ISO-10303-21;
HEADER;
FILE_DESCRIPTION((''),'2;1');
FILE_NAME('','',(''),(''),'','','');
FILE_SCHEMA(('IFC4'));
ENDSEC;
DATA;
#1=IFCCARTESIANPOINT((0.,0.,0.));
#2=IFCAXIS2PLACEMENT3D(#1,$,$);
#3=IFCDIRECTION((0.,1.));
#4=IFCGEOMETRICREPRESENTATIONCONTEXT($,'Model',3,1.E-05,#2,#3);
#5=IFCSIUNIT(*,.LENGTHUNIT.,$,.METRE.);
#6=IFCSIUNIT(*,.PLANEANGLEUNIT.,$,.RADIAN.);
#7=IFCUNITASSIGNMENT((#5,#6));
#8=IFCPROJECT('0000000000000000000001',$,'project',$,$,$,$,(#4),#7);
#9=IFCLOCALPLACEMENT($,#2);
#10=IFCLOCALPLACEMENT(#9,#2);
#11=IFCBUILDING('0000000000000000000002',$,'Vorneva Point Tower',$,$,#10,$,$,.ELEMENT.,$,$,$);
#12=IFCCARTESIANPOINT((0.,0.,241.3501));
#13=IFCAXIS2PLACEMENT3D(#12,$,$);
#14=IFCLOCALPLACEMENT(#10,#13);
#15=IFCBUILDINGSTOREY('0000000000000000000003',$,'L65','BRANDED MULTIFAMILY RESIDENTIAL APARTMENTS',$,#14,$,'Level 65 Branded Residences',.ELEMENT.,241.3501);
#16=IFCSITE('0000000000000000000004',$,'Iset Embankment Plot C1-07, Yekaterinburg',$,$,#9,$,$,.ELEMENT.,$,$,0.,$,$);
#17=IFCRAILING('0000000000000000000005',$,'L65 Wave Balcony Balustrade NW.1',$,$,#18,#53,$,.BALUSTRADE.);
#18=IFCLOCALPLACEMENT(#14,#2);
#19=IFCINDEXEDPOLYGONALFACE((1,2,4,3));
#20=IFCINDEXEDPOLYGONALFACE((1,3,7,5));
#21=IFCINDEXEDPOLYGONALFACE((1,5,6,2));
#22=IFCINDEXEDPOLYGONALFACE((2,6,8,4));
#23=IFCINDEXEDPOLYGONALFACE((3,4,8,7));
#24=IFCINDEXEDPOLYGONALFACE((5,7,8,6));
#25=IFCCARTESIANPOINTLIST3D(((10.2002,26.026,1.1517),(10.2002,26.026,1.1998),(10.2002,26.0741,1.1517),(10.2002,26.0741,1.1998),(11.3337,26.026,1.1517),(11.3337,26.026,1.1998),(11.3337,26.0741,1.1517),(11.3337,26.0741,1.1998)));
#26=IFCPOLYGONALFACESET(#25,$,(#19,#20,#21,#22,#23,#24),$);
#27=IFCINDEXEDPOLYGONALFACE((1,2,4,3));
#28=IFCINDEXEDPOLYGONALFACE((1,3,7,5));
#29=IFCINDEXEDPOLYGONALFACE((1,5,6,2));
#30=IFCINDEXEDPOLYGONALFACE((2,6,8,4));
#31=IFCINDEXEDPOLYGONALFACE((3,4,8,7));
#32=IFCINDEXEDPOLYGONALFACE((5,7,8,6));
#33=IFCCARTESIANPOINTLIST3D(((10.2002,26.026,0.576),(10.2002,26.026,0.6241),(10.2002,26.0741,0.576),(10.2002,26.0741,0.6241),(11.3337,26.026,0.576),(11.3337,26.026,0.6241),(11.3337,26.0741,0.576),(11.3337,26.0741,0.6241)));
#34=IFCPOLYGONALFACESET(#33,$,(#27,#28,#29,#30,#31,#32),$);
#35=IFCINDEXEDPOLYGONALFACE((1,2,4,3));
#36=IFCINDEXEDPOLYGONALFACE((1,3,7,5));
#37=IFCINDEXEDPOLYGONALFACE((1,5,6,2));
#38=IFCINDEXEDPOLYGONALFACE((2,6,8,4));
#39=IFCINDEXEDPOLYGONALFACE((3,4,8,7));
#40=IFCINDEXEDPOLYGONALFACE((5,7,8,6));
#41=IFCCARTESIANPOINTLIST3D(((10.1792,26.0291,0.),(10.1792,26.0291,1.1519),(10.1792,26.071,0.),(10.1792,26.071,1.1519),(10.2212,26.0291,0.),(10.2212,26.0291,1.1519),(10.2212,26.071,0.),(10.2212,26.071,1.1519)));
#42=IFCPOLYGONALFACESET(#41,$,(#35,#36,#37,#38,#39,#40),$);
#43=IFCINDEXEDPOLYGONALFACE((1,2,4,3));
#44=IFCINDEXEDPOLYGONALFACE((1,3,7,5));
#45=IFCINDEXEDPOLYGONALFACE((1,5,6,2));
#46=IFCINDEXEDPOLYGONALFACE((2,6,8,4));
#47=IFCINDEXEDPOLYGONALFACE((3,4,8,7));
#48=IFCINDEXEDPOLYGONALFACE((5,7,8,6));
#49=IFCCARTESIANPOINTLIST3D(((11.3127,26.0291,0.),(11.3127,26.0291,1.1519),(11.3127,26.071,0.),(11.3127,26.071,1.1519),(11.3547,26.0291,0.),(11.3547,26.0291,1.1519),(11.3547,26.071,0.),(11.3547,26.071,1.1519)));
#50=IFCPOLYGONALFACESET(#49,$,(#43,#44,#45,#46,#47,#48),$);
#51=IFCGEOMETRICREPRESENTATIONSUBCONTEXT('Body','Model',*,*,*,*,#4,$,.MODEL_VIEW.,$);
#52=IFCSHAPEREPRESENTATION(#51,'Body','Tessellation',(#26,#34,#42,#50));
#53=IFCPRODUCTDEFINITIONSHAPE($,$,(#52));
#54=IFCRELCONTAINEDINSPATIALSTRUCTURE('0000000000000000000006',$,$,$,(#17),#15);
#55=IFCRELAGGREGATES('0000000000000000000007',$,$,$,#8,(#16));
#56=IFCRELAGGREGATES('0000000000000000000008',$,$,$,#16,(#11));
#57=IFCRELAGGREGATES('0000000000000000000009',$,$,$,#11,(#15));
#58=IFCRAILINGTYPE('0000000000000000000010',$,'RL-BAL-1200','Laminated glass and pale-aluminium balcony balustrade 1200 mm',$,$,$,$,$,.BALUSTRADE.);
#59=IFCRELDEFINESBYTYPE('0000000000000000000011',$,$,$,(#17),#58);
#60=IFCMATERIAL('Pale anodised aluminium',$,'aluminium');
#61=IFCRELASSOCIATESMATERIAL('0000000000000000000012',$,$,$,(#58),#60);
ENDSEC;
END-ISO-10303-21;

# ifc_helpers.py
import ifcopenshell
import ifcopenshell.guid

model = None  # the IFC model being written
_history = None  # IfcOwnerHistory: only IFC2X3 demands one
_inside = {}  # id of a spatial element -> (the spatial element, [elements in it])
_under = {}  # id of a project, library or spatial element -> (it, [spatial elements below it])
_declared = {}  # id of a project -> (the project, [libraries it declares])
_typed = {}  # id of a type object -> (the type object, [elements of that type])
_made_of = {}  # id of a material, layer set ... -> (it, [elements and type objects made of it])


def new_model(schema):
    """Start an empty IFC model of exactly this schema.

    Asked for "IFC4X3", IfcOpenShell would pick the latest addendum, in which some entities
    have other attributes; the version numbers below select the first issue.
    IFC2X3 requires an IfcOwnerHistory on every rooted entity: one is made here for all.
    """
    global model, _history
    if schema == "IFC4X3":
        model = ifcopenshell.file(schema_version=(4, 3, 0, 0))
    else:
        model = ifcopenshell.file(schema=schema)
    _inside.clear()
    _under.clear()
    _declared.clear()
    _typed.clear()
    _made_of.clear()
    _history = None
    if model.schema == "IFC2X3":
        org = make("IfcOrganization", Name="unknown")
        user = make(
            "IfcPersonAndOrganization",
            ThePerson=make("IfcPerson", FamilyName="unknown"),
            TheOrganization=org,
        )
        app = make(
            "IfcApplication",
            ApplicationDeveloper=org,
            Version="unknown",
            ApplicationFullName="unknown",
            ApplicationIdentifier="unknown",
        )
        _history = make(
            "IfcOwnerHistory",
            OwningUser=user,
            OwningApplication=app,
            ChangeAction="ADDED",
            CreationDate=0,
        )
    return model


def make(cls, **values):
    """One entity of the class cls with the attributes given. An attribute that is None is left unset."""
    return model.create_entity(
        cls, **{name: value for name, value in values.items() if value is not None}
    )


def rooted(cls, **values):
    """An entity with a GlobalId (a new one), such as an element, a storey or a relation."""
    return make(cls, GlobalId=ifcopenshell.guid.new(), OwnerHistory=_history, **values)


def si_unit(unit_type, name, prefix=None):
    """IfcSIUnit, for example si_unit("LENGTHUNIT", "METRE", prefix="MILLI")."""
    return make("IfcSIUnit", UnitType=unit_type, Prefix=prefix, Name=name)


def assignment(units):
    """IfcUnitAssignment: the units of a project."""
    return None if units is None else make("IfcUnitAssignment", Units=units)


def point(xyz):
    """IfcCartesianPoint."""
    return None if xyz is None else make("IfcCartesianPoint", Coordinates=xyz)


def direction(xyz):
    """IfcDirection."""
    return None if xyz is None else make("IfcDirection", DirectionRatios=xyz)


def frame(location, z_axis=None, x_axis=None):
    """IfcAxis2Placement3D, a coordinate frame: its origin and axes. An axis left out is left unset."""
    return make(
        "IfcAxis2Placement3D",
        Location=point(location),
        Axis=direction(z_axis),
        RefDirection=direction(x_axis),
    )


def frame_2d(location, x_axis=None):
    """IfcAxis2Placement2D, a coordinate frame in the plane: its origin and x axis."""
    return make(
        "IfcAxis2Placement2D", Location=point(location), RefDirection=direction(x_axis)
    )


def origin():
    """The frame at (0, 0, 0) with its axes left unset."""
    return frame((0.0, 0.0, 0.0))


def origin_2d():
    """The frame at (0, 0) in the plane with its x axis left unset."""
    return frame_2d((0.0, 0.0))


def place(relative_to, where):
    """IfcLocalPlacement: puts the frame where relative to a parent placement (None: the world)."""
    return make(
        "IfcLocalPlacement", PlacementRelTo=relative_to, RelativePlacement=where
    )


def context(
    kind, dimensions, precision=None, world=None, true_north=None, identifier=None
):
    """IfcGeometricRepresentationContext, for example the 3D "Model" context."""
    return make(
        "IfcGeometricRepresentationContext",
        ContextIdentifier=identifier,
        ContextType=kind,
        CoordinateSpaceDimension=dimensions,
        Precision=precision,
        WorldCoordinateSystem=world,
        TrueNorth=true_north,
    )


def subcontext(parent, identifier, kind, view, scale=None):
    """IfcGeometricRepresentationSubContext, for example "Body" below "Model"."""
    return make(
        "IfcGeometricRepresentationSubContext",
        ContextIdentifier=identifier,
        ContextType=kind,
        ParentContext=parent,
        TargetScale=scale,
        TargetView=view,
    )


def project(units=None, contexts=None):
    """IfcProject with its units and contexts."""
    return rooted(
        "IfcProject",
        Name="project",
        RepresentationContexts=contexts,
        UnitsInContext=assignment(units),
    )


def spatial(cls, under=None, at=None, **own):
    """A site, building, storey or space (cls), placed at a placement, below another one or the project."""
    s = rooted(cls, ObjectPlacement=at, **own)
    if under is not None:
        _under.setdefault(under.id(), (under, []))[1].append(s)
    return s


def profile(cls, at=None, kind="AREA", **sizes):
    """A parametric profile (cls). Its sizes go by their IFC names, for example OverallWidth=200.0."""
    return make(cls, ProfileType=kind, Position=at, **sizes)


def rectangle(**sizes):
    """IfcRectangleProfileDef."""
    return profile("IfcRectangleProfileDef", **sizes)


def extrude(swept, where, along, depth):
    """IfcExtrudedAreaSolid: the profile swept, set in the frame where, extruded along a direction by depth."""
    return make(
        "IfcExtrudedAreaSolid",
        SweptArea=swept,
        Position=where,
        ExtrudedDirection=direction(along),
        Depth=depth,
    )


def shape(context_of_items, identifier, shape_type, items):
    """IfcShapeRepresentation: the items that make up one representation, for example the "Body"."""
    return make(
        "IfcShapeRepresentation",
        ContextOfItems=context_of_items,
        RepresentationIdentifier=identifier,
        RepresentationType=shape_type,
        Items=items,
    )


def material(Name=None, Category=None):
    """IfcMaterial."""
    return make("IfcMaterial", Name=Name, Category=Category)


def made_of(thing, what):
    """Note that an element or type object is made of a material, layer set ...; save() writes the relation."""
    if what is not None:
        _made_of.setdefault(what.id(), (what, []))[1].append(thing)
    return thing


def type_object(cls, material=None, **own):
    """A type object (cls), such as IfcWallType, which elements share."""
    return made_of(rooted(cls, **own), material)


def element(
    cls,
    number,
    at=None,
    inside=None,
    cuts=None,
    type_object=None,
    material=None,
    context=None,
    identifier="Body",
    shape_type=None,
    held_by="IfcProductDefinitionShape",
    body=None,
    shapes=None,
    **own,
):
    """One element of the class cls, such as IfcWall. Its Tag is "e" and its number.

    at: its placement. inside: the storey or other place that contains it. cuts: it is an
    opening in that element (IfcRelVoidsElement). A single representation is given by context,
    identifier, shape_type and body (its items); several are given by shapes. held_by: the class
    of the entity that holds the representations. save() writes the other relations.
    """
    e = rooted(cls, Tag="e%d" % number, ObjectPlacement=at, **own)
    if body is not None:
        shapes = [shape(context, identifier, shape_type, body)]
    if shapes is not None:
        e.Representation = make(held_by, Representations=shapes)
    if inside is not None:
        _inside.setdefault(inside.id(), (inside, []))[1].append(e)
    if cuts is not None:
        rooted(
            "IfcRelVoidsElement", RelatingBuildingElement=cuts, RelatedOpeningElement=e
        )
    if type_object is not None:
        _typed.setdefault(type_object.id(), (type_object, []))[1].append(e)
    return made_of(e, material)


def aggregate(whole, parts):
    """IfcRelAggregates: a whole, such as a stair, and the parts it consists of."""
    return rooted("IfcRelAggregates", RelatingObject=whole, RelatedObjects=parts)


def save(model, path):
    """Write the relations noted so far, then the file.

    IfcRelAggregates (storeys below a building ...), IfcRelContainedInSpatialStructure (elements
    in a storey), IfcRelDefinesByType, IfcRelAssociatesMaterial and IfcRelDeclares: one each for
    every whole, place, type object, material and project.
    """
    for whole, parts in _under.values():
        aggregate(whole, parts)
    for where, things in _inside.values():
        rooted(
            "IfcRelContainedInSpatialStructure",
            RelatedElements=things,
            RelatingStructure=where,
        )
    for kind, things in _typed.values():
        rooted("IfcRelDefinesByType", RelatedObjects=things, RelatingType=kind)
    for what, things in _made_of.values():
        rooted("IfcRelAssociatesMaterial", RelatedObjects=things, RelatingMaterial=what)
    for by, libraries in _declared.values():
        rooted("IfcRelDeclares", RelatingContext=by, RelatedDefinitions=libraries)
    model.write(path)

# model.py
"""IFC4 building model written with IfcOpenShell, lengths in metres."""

from ifc_helpers import new_model, si_unit, direction, frame, origin, origin_2d, place, context, subcontext, project, spatial, rectangle, extrude, material, type_object, element, save


model = new_model("IFC4")

# Units and contexts
model_context = context("Model", 3, precision=1e-05, world=origin(), true_north=direction((0.0, 1.0)))
body_context = subcontext(model_context, "Body", "Model", "MODEL_VIEW")
ifc_project = project(units=[si_unit("LENGTHUNIT", "METRE"), si_unit("PLANEANGLEUNIT", "RADIAN")], contexts=[model_context])

# Site, building, storey
site_placement = place(None, origin())
site = spatial("IfcSite", under=ifc_project, at=site_placement, Name="Iset Embankment Plot C1-07, Yekaterinburg", CompositionType="ELEMENT", RefElevation=0.0)
building_placement = place(site_placement, origin())
building = spatial("IfcBuilding", under=site, at=building_placement, Name="Vorneva Point Tower", CompositionType="ELEMENT")
storey_placement = place(building_placement, frame((0.0, 0.0, 241.3501)))
storey = spatial("IfcBuildingStorey", under=building, at=storey_placement, Name="L65", Description="BRANDED MULTIFAMILY RESIDENTIAL APARTMENTS", LongName="Level 65 Branded Residences", CompositionType="ELEMENT", Elevation=241.3501)

# Shared definitions
ifc_material_1 = material(Name="Pale anodised aluminium", Category="aluminium")

# Railing
railing_type = type_object("IfcRailingType", Name="RL-BAL-1200", Description="Laminated glass and pale-aluminium balcony balustrade 1200 mm", PredefinedType="BALUSTRADE", material=ifc_material_1)
railing_placement = place(storey_placement, frame((10.2002, 26.05, 0.0)))
element("IfcRailing", 1, at=railing_placement, inside=storey, type_object=railing_type, Name="L65 Wave Balcony Balustrade NW.1", PredefinedType="BALUSTRADE", context=body_context, shape_type="SweptSolid", body=[
    extrude(rectangle(XDim=0.0481, YDim=0.0481, at=origin_2d()), frame((0.0, 0.0, 1.1758), z_axis=(1.0, 0.0, 0.0), x_axis=(0.0, 1.0, 0.0)), (0.0, 0.0, 1.0), 1.1335),
    extrude(rectangle(XDim=0.0481, YDim=0.0481, at=origin_2d()), frame((0.0, 0.0, 0.6001), z_axis=(1.0, 0.0, 0.0), x_axis=(0.0, 1.0, 0.0)), (0.0, 0.0, 1.0), 1.1335),
    extrude(rectangle(XDim=0.042, YDim=0.042, at=origin_2d()), origin(), (0.0, 0.0, 1.0), 1.1519),
    extrude(rectangle(XDim=0.042, YDim=0.042, at=origin_2d()), frame((1.1335, 0.0, 0.0)), (0.0, 0.0, 1.0), 1.1519),
])

save(model, "model.ifc")
